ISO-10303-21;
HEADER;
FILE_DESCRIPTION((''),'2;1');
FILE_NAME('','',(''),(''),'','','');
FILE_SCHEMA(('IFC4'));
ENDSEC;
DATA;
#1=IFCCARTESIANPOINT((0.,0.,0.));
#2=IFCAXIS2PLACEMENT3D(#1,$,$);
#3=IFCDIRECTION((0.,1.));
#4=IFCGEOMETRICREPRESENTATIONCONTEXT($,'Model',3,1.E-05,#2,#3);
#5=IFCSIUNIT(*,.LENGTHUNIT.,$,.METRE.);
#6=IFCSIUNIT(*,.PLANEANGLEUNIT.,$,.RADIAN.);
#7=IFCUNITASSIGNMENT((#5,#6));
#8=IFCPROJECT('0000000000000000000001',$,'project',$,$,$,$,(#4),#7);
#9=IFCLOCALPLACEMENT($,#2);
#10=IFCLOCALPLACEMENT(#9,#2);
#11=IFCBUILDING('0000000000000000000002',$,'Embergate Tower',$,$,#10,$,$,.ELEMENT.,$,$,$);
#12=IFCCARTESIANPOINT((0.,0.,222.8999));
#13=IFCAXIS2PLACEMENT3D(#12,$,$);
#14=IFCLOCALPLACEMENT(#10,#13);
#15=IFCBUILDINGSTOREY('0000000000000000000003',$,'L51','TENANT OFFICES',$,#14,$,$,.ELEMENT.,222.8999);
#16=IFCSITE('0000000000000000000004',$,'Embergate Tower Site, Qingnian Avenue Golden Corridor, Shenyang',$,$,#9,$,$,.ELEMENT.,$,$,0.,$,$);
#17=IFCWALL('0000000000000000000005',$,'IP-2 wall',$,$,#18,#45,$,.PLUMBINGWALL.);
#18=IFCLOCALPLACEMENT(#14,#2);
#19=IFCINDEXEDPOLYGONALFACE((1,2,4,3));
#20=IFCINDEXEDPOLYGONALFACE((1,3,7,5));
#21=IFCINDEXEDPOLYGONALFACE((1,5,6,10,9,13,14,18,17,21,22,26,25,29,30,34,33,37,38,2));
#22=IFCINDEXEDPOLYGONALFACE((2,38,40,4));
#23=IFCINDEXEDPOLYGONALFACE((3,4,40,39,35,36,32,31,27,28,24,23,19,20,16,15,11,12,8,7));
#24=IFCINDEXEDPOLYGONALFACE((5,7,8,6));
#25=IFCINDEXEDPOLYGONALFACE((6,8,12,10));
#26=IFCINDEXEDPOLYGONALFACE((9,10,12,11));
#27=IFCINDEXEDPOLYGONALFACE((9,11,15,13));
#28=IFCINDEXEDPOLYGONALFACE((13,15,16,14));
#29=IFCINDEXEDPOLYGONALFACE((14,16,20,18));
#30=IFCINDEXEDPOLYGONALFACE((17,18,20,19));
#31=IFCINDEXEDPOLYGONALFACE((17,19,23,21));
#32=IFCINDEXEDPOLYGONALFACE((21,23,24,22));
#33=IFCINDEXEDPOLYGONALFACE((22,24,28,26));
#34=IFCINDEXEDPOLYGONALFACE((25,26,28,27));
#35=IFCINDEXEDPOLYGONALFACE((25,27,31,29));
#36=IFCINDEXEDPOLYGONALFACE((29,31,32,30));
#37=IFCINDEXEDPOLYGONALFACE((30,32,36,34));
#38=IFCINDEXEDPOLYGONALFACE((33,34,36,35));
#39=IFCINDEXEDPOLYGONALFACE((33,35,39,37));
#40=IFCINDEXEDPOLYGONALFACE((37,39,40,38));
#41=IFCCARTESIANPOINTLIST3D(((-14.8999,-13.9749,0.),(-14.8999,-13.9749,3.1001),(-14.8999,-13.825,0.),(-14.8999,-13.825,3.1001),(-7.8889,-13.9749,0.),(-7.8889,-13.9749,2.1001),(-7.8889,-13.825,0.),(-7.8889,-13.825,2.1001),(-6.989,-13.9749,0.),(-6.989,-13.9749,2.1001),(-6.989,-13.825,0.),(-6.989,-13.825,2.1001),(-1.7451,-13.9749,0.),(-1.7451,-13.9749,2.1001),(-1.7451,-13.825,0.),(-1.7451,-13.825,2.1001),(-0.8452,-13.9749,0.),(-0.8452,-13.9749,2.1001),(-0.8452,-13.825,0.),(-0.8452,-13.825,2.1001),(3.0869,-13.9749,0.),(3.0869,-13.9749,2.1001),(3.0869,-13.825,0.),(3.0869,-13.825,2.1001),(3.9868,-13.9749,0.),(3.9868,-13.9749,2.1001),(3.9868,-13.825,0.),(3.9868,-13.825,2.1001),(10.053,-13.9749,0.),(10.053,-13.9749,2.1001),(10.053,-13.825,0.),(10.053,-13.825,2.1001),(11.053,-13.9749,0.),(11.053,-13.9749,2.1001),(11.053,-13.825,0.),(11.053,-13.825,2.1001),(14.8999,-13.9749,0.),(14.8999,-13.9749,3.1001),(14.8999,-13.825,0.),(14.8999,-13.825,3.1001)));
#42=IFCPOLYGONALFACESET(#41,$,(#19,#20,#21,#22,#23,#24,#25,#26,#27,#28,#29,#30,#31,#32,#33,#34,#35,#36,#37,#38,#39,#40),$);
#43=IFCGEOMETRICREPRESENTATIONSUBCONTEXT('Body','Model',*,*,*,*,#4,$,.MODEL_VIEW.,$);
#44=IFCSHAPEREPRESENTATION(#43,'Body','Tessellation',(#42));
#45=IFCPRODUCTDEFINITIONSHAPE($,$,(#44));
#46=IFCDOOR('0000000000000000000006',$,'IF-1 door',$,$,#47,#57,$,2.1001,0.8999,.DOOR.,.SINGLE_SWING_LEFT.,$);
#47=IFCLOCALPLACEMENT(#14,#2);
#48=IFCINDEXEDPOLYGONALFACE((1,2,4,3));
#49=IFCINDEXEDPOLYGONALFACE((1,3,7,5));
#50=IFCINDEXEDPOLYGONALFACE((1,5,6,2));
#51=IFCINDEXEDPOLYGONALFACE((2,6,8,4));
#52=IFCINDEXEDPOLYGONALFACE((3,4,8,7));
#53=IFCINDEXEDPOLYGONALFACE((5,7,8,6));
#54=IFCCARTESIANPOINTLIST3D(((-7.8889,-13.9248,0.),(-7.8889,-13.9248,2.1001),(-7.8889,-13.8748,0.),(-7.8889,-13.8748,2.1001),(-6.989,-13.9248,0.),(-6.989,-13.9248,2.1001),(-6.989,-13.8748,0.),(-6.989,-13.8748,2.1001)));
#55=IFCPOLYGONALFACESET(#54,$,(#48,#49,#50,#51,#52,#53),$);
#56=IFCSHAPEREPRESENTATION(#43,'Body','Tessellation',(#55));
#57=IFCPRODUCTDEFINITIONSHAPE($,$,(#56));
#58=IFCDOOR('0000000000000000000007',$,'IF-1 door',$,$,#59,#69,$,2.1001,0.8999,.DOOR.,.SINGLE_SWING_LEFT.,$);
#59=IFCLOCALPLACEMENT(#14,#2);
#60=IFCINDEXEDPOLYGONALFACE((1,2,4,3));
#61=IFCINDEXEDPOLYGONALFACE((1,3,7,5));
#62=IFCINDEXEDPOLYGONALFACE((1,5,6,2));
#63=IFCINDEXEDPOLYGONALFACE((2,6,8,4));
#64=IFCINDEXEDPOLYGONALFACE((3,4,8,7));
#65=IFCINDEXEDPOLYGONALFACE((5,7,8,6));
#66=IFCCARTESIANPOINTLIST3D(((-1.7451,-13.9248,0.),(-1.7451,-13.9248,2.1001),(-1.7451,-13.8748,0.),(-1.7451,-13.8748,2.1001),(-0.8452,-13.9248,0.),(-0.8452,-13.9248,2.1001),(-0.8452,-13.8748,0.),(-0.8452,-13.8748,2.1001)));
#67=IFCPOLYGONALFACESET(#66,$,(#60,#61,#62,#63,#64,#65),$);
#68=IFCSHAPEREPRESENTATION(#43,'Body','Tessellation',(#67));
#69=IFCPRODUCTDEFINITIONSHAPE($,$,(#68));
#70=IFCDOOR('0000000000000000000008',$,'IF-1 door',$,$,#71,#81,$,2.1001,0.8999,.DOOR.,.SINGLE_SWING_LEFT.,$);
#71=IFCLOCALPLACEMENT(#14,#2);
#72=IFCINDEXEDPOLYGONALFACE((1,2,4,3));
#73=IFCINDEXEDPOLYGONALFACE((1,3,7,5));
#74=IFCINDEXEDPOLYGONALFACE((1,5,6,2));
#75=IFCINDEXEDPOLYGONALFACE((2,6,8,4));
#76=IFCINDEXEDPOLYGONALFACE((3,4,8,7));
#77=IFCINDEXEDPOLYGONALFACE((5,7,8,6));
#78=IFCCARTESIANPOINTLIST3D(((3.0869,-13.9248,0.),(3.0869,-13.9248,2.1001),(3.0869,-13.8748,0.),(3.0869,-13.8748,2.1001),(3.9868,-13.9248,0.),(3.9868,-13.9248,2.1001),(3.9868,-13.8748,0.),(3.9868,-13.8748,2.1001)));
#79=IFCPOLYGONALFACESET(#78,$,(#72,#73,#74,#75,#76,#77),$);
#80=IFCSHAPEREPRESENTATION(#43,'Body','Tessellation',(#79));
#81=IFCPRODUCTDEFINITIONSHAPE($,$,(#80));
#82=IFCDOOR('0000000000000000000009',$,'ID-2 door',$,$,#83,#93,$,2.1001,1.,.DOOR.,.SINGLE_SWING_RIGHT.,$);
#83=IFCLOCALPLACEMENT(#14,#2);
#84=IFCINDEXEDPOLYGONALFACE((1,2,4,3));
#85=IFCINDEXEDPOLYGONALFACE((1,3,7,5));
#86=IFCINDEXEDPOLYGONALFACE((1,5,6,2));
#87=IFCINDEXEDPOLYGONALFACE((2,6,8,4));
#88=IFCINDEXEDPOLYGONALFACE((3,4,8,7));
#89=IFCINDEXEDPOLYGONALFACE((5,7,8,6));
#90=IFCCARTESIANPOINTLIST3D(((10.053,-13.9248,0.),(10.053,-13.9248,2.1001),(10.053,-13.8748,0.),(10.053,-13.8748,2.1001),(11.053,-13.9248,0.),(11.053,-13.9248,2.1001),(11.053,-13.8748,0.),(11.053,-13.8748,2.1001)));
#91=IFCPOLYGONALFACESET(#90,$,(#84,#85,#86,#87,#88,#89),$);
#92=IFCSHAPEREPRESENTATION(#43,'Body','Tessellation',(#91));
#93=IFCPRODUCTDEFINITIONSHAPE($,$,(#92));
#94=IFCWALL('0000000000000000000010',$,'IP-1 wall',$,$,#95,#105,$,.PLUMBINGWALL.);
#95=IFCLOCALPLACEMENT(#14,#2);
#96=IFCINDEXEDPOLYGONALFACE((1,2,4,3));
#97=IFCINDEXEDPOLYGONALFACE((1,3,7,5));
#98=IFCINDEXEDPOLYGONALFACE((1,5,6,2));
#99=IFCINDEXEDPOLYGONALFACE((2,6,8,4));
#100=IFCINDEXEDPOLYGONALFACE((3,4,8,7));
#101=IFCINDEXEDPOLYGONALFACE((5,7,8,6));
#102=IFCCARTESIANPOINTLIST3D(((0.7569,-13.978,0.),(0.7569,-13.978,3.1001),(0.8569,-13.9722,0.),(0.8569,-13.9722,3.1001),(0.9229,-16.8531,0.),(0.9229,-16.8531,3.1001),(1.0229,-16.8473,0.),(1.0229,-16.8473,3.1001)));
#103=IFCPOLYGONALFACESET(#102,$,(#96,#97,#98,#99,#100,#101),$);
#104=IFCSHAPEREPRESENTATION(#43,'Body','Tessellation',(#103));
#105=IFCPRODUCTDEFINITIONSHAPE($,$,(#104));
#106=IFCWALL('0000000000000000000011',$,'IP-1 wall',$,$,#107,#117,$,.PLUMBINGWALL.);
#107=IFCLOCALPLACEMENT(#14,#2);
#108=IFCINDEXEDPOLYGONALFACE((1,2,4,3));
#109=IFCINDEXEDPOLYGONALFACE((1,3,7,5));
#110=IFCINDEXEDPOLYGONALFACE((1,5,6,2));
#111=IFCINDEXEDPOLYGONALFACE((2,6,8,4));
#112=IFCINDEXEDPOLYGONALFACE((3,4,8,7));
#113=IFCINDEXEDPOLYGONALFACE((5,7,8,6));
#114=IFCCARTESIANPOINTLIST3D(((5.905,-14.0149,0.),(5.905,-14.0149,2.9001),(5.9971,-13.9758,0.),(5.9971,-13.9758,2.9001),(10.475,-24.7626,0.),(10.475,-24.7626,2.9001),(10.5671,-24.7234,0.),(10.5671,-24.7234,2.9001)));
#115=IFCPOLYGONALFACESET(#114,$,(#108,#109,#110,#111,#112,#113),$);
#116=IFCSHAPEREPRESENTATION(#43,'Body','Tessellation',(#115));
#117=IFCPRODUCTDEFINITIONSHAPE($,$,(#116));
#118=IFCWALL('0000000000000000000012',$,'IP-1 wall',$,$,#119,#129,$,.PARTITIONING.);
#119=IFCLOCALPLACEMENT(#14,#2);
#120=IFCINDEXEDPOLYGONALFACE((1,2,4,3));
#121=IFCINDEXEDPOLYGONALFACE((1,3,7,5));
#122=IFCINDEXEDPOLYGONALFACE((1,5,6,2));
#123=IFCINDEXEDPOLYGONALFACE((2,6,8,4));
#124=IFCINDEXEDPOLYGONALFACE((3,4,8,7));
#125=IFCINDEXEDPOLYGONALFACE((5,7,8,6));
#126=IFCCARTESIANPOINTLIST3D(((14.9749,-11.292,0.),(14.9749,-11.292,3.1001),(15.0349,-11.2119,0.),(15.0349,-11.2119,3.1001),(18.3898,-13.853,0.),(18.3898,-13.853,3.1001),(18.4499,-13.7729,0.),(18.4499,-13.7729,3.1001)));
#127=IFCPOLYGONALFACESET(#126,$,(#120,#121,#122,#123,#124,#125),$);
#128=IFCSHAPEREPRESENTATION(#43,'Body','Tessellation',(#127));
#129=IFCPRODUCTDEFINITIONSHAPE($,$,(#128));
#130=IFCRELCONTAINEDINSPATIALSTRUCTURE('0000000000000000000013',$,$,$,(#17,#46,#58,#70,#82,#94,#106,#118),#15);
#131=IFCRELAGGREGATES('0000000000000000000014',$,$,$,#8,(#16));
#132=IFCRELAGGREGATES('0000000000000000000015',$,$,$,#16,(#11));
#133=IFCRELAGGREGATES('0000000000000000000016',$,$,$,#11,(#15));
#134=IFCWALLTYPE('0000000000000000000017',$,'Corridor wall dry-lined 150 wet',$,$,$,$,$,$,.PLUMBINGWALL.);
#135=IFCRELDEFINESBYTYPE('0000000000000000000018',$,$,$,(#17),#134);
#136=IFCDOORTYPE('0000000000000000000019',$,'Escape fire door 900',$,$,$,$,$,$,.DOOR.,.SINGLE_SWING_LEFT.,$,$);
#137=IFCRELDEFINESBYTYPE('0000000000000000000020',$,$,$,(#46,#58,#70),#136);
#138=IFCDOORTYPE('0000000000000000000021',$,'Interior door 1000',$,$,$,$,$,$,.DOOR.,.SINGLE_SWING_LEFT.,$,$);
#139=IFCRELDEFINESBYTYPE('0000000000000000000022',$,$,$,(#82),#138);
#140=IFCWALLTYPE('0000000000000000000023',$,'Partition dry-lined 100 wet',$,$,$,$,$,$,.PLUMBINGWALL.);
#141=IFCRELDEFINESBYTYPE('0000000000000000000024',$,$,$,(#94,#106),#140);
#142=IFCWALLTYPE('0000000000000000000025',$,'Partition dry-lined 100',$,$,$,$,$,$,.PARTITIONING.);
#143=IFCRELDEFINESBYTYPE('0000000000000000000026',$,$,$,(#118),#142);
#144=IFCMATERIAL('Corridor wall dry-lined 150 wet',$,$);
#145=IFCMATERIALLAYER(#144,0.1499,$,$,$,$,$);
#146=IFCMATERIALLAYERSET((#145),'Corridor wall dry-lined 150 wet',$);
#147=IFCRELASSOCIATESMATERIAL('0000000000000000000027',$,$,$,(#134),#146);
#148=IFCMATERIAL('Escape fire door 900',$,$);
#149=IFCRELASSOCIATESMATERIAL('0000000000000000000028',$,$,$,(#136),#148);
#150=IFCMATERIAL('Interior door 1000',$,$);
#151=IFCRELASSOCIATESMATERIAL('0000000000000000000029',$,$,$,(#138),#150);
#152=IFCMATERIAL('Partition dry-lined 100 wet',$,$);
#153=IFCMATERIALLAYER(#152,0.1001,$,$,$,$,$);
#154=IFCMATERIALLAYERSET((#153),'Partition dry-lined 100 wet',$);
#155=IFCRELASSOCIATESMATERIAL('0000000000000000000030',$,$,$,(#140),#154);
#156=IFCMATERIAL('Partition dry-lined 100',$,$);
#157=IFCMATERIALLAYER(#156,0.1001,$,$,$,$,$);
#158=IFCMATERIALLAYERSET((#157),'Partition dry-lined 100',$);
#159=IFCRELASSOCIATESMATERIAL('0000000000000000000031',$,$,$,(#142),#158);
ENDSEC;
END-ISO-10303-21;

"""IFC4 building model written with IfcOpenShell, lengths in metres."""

from ifc_helpers import new_model, si_unit, direction, frame, frame_2d, origin, place, context, subcontext, project, spatial, rectangle, extrude, source, transform, mapped, material, layer, layer_set, type_object, element, fill, save


model = new_model("IFC4")

# Units and contexts
model_context = context("Model", 3, precision=1e-05, world=origin(), true_north=direction((0.0, 1.0)))
body_context = subcontext(model_context, "Body", "Model", "MODEL_VIEW")
ifc_project = project(units=[si_unit("LENGTHUNIT", "METRE"), si_unit("PLANEANGLEUNIT", "RADIAN")], contexts=[model_context])

# Site, building, storey
site_placement = place(None, origin())
site = spatial("IfcSite", under=ifc_project, at=site_placement, Name="Embergate Tower Site, Qingnian Avenue Golden Corridor, Shenyang", CompositionType="ELEMENT", RefElevation=0.0)
building_placement = place(site_placement, origin())
building = spatial("IfcBuilding", under=site, at=building_placement, Name="Embergate Tower", CompositionType="ELEMENT")
storey_placement = place(building_placement, frame((0.0, 0.0, 222.8999)))
storey = spatial("IfcBuildingStorey", under=building, at=storey_placement, Name="L51", Description="TENANT OFFICES", CompositionType="ELEMENT", Elevation=222.8999)

# Wall, openings, doors
ifc_material_1 = material(Name="Corridor wall dry-lined 150 wet")
ifc_layer_1 = layer(ifc_material_1, 0.1499)
ifc_layer_set_1 = layer_set([ifc_layer_1], Name="Corridor wall dry-lined 150 wet")
wall_type_1 = type_object("IfcWallType", Name="Corridor wall dry-lined 150 wet", PredefinedType="PLUMBINGWALL", material=ifc_layer_set_1)
shared_shape_1 = source(origin(), body_context, "Body", "SweptSolid", [
    extrude(rectangle(XDim=29.7998, YDim=0.1499, at=frame_2d((14.8999, 0.0))), origin(), (0.0, 0.0, 1.0), 3.1001),
])
wall_1_placement = place(storey_placement, frame((14.8999, -13.8999, 0.0), z_axis=(0.0, 0.0, 1.0), x_axis=(-1.0, 0.0, 0.0)))
wall_1 = element("IfcWall", 1, at=wall_1_placement, inside=storey, type_object=wall_type_1, Name="IP-2 wall", PredefinedType="PLUMBINGWALL", context=body_context, shape_type="MappedRepresentation", body=[
    mapped(shared_shape_1, transform((0.0, 0.0, 0.0))),
])
shared_shape_2 = source(origin(), body_context, "Body", "SweptSolid", [
    extrude(rectangle(XDim=0.8999, YDim=2.1001, at=frame_2d((0.45, 1.05))), frame((0.0, 0.085, 0.0), z_axis=(0.0, -1.0, 0.0), x_axis=(1.0, 0.0, 0.0)), (0.0, 0.0, 1.0), 0.1699),
])
opening_1_placement = place(wall_1_placement, frame((21.8889, 0.0, 0.0)))
opening_1 = element("IfcOpeningElement", 2, at=opening_1_placement, cuts=wall_1, PredefinedType="OPENING", context=body_context, shape_type="MappedRepresentation", body=[
    mapped(shared_shape_2, transform((0.0, 0.0, 0.0))),
])
opening_2_placement = place(wall_1_placement, frame((15.7451, 0.0, 0.0)))
opening_2 = element("IfcOpeningElement", 3, at=opening_2_placement, cuts=wall_1, PredefinedType="OPENING", context=body_context, shape_type="MappedRepresentation", body=[
    mapped(shared_shape_2, transform((0.0, 0.0, 0.0))),
])
opening_3_placement = place(wall_1_placement, frame((10.9131, 0.0, 0.0)))
opening_3 = element("IfcOpeningElement", 4, at=opening_3_placement, cuts=wall_1, PredefinedType="OPENING", context=body_context, shape_type="MappedRepresentation", body=[
    mapped(shared_shape_2, transform((0.0, 0.0, 0.0))),
])
shared_shape_3 = source(origin(), body_context, "Body", "SweptSolid", [
    extrude(rectangle(XDim=1.0, YDim=2.1001, at=frame_2d((0.5, 1.05))), frame((0.0, 0.085, 0.0), z_axis=(0.0, -1.0, 0.0), x_axis=(1.0, 0.0, 0.0)), (0.0, 0.0, 1.0), 0.1699),
])
opening_4_placement = place(wall_1_placement, frame((3.8469, 0.0, 0.0)))
opening_4 = element("IfcOpeningElement", 5, at=opening_4_placement, cuts=wall_1, PredefinedType="OPENING", context=body_context, shape_type="MappedRepresentation", body=[
    mapped(shared_shape_3, transform((0.0, 0.0, 0.0))),
])
ifc_material_2 = material(Name="Escape fire door 900")
door_type_1 = type_object("IfcDoorType", Name="Escape fire door 900", OperationType="SINGLE_SWING_LEFT", PredefinedType="DOOR", material=ifc_material_2)
shared_shape_4 = source(origin(), body_context, "Body", "SweptSolid", [
    extrude(rectangle(XDim=0.8999, YDim=2.1001, at=frame_2d((0.45, 1.05))), frame((0.0, 0.0249, 0.0), z_axis=(0.0, -1.0, 0.0), x_axis=(1.0, 0.0, 0.0)), (0.0, 0.0, 1.0), 0.05),
])
door_1_placement = place(opening_1_placement, origin())
door_1 = element("IfcDoor", 6, at=door_1_placement, inside=storey, type_object=door_type_1, Name="IF-1 door", OperationType="SINGLE_SWING_LEFT", OverallHeight=2.1001, OverallWidth=0.8999, PredefinedType="DOOR", context=body_context, shape_type="MappedRepresentation", body=[
    mapped(shared_shape_4, transform((0.0, 0.0, 0.0))),
])
fill(opening_1, door_1)
door_2_placement = place(opening_2_placement, origin())
door_2 = element("IfcDoor", 7, at=door_2_placement, inside=storey, type_object=door_type_1, Name="IF-1 door", OperationType="SINGLE_SWING_LEFT", OverallHeight=2.1001, OverallWidth=0.8999, PredefinedType="DOOR", context=body_context, shape_type="MappedRepresentation", body=[
    mapped(shared_shape_4, transform((0.0, 0.0, 0.0))),
])
fill(opening_2, door_2)
door_3_placement = place(opening_3_placement, origin())
door_3 = element("IfcDoor", 8, at=door_3_placement, inside=storey, type_object=door_type_1, Name="IF-1 door", OperationType="SINGLE_SWING_LEFT", OverallHeight=2.1001, OverallWidth=0.8999, PredefinedType="DOOR", context=body_context, shape_type="MappedRepresentation", body=[
    mapped(shared_shape_4, transform((0.0, 0.0, 0.0))),
])
fill(opening_3, door_3)
ifc_material_3 = material(Name="Interior door 1000")
door_type_2 = type_object("IfcDoorType", Name="Interior door 1000", OperationType="SINGLE_SWING_LEFT", PredefinedType="DOOR", material=ifc_material_3)
shared_shape_5 = source(origin(), body_context, "Body", "SweptSolid", [
    extrude(rectangle(XDim=1.0, YDim=2.1001, at=frame_2d((0.5, 1.05))), frame((0.0, 0.0249, 0.0), z_axis=(0.0, -1.0, 0.0), x_axis=(1.0, 0.0, 0.0)), (0.0, 0.0, 1.0), 0.05),
])
door_4_placement = place(opening_4_placement, origin())
door_4 = element("IfcDoor", 9, at=door_4_placement, inside=storey, type_object=door_type_2, Name="ID-2 door", OperationType="SINGLE_SWING_RIGHT", OverallHeight=2.1001, OverallWidth=1.0, PredefinedType="DOOR", context=body_context, shape_type="MappedRepresentation", body=[
    mapped(shared_shape_5, transform((0.0, 0.0, 0.0))),
])
fill(opening_4, door_4)

# Walls
ifc_material_4 = material(Name="Partition dry-lined 100 wet")
ifc_layer_2 = layer(ifc_material_4, 0.1001)
ifc_layer_set_2 = layer_set([ifc_layer_2], Name="Partition dry-lined 100 wet")
wall_type_2 = type_object("IfcWallType", Name="Partition dry-lined 100 wet", PredefinedType="PLUMBINGWALL", material=ifc_layer_set_2)
shared_shape_6 = source(origin(), body_context, "Body", "SweptSolid", [
    extrude(rectangle(XDim=2.8799, YDim=0.1001, at=frame_2d((1.4399, 0.0))), origin(), (0.0, 0.0, 1.0), 3.1001),
])
wall_2_placement = place(storey_placement, frame((0.8069, -13.9751, 0.0), z_axis=(0.0, 0.0, 1.0), x_axis=(0.057649, -0.998337, 0.0)))
element("IfcWall", 10, at=wall_2_placement, inside=storey, type_object=wall_type_2, Name="IP-1 wall", PredefinedType="PLUMBINGWALL", context=body_context, shape_type="MappedRepresentation", body=[
    mapped(shared_shape_6, transform((0.0, 0.0, 0.0))),
])
shared_shape_7 = source(origin(), body_context, "Body", "SweptSolid", [
    extrude(rectangle(XDim=11.679, YDim=0.1001, at=frame_2d((5.8394, 0.0))), origin(), (0.0, 0.0, 1.0), 2.9001),
])
wall_3_placement = place(storey_placement, frame((10.521, -24.7429, 0.0), z_axis=(0.0, 0.0, 1.0), x_axis=(-0.391304, 0.920261, 0.0)))
element("IfcWall", 11, at=wall_3_placement, inside=storey, type_object=wall_type_2, Name="IP-1 wall", PredefinedType="PLUMBINGWALL", context=body_context, shape_type="MappedRepresentation", body=[
    mapped(shared_shape_7, transform((0.0, 0.0, 0.0))),
])
ifc_material_5 = material(Name="Partition dry-lined 100")
ifc_layer_3 = layer(ifc_material_5, 0.1001)
ifc_layer_set_3 = layer_set([ifc_layer_3], Name="Partition dry-lined 100")
wall_type_3 = type_object("IfcWallType", Name="Partition dry-lined 100", PredefinedType="PARTITIONING", material=ifc_layer_set_3)
shared_shape_8 = source(origin(), body_context, "Body", "SweptSolid", [
    extrude(rectangle(XDim=4.2686, YDim=0.1001, at=frame_2d((2.1343, 0.0))), origin(), (0.0, 0.0, 1.0), 3.1001),
])
wall_4_placement = place(storey_placement, frame((15.0049, -11.252, 0.0), z_axis=(0.0, 0.0, 1.0), x_axis=(0.800027, -0.599963, 0.0)))
element("IfcWall", 12, at=wall_4_placement, inside=storey, type_object=wall_type_3, Name="IP-1 wall", PredefinedType="PARTITIONING", context=body_context, shape_type="MappedRepresentation", body=[
    mapped(shared_shape_8, transform((0.0, 0.0, 0.0))),
])

save(model, "model.ifc")
